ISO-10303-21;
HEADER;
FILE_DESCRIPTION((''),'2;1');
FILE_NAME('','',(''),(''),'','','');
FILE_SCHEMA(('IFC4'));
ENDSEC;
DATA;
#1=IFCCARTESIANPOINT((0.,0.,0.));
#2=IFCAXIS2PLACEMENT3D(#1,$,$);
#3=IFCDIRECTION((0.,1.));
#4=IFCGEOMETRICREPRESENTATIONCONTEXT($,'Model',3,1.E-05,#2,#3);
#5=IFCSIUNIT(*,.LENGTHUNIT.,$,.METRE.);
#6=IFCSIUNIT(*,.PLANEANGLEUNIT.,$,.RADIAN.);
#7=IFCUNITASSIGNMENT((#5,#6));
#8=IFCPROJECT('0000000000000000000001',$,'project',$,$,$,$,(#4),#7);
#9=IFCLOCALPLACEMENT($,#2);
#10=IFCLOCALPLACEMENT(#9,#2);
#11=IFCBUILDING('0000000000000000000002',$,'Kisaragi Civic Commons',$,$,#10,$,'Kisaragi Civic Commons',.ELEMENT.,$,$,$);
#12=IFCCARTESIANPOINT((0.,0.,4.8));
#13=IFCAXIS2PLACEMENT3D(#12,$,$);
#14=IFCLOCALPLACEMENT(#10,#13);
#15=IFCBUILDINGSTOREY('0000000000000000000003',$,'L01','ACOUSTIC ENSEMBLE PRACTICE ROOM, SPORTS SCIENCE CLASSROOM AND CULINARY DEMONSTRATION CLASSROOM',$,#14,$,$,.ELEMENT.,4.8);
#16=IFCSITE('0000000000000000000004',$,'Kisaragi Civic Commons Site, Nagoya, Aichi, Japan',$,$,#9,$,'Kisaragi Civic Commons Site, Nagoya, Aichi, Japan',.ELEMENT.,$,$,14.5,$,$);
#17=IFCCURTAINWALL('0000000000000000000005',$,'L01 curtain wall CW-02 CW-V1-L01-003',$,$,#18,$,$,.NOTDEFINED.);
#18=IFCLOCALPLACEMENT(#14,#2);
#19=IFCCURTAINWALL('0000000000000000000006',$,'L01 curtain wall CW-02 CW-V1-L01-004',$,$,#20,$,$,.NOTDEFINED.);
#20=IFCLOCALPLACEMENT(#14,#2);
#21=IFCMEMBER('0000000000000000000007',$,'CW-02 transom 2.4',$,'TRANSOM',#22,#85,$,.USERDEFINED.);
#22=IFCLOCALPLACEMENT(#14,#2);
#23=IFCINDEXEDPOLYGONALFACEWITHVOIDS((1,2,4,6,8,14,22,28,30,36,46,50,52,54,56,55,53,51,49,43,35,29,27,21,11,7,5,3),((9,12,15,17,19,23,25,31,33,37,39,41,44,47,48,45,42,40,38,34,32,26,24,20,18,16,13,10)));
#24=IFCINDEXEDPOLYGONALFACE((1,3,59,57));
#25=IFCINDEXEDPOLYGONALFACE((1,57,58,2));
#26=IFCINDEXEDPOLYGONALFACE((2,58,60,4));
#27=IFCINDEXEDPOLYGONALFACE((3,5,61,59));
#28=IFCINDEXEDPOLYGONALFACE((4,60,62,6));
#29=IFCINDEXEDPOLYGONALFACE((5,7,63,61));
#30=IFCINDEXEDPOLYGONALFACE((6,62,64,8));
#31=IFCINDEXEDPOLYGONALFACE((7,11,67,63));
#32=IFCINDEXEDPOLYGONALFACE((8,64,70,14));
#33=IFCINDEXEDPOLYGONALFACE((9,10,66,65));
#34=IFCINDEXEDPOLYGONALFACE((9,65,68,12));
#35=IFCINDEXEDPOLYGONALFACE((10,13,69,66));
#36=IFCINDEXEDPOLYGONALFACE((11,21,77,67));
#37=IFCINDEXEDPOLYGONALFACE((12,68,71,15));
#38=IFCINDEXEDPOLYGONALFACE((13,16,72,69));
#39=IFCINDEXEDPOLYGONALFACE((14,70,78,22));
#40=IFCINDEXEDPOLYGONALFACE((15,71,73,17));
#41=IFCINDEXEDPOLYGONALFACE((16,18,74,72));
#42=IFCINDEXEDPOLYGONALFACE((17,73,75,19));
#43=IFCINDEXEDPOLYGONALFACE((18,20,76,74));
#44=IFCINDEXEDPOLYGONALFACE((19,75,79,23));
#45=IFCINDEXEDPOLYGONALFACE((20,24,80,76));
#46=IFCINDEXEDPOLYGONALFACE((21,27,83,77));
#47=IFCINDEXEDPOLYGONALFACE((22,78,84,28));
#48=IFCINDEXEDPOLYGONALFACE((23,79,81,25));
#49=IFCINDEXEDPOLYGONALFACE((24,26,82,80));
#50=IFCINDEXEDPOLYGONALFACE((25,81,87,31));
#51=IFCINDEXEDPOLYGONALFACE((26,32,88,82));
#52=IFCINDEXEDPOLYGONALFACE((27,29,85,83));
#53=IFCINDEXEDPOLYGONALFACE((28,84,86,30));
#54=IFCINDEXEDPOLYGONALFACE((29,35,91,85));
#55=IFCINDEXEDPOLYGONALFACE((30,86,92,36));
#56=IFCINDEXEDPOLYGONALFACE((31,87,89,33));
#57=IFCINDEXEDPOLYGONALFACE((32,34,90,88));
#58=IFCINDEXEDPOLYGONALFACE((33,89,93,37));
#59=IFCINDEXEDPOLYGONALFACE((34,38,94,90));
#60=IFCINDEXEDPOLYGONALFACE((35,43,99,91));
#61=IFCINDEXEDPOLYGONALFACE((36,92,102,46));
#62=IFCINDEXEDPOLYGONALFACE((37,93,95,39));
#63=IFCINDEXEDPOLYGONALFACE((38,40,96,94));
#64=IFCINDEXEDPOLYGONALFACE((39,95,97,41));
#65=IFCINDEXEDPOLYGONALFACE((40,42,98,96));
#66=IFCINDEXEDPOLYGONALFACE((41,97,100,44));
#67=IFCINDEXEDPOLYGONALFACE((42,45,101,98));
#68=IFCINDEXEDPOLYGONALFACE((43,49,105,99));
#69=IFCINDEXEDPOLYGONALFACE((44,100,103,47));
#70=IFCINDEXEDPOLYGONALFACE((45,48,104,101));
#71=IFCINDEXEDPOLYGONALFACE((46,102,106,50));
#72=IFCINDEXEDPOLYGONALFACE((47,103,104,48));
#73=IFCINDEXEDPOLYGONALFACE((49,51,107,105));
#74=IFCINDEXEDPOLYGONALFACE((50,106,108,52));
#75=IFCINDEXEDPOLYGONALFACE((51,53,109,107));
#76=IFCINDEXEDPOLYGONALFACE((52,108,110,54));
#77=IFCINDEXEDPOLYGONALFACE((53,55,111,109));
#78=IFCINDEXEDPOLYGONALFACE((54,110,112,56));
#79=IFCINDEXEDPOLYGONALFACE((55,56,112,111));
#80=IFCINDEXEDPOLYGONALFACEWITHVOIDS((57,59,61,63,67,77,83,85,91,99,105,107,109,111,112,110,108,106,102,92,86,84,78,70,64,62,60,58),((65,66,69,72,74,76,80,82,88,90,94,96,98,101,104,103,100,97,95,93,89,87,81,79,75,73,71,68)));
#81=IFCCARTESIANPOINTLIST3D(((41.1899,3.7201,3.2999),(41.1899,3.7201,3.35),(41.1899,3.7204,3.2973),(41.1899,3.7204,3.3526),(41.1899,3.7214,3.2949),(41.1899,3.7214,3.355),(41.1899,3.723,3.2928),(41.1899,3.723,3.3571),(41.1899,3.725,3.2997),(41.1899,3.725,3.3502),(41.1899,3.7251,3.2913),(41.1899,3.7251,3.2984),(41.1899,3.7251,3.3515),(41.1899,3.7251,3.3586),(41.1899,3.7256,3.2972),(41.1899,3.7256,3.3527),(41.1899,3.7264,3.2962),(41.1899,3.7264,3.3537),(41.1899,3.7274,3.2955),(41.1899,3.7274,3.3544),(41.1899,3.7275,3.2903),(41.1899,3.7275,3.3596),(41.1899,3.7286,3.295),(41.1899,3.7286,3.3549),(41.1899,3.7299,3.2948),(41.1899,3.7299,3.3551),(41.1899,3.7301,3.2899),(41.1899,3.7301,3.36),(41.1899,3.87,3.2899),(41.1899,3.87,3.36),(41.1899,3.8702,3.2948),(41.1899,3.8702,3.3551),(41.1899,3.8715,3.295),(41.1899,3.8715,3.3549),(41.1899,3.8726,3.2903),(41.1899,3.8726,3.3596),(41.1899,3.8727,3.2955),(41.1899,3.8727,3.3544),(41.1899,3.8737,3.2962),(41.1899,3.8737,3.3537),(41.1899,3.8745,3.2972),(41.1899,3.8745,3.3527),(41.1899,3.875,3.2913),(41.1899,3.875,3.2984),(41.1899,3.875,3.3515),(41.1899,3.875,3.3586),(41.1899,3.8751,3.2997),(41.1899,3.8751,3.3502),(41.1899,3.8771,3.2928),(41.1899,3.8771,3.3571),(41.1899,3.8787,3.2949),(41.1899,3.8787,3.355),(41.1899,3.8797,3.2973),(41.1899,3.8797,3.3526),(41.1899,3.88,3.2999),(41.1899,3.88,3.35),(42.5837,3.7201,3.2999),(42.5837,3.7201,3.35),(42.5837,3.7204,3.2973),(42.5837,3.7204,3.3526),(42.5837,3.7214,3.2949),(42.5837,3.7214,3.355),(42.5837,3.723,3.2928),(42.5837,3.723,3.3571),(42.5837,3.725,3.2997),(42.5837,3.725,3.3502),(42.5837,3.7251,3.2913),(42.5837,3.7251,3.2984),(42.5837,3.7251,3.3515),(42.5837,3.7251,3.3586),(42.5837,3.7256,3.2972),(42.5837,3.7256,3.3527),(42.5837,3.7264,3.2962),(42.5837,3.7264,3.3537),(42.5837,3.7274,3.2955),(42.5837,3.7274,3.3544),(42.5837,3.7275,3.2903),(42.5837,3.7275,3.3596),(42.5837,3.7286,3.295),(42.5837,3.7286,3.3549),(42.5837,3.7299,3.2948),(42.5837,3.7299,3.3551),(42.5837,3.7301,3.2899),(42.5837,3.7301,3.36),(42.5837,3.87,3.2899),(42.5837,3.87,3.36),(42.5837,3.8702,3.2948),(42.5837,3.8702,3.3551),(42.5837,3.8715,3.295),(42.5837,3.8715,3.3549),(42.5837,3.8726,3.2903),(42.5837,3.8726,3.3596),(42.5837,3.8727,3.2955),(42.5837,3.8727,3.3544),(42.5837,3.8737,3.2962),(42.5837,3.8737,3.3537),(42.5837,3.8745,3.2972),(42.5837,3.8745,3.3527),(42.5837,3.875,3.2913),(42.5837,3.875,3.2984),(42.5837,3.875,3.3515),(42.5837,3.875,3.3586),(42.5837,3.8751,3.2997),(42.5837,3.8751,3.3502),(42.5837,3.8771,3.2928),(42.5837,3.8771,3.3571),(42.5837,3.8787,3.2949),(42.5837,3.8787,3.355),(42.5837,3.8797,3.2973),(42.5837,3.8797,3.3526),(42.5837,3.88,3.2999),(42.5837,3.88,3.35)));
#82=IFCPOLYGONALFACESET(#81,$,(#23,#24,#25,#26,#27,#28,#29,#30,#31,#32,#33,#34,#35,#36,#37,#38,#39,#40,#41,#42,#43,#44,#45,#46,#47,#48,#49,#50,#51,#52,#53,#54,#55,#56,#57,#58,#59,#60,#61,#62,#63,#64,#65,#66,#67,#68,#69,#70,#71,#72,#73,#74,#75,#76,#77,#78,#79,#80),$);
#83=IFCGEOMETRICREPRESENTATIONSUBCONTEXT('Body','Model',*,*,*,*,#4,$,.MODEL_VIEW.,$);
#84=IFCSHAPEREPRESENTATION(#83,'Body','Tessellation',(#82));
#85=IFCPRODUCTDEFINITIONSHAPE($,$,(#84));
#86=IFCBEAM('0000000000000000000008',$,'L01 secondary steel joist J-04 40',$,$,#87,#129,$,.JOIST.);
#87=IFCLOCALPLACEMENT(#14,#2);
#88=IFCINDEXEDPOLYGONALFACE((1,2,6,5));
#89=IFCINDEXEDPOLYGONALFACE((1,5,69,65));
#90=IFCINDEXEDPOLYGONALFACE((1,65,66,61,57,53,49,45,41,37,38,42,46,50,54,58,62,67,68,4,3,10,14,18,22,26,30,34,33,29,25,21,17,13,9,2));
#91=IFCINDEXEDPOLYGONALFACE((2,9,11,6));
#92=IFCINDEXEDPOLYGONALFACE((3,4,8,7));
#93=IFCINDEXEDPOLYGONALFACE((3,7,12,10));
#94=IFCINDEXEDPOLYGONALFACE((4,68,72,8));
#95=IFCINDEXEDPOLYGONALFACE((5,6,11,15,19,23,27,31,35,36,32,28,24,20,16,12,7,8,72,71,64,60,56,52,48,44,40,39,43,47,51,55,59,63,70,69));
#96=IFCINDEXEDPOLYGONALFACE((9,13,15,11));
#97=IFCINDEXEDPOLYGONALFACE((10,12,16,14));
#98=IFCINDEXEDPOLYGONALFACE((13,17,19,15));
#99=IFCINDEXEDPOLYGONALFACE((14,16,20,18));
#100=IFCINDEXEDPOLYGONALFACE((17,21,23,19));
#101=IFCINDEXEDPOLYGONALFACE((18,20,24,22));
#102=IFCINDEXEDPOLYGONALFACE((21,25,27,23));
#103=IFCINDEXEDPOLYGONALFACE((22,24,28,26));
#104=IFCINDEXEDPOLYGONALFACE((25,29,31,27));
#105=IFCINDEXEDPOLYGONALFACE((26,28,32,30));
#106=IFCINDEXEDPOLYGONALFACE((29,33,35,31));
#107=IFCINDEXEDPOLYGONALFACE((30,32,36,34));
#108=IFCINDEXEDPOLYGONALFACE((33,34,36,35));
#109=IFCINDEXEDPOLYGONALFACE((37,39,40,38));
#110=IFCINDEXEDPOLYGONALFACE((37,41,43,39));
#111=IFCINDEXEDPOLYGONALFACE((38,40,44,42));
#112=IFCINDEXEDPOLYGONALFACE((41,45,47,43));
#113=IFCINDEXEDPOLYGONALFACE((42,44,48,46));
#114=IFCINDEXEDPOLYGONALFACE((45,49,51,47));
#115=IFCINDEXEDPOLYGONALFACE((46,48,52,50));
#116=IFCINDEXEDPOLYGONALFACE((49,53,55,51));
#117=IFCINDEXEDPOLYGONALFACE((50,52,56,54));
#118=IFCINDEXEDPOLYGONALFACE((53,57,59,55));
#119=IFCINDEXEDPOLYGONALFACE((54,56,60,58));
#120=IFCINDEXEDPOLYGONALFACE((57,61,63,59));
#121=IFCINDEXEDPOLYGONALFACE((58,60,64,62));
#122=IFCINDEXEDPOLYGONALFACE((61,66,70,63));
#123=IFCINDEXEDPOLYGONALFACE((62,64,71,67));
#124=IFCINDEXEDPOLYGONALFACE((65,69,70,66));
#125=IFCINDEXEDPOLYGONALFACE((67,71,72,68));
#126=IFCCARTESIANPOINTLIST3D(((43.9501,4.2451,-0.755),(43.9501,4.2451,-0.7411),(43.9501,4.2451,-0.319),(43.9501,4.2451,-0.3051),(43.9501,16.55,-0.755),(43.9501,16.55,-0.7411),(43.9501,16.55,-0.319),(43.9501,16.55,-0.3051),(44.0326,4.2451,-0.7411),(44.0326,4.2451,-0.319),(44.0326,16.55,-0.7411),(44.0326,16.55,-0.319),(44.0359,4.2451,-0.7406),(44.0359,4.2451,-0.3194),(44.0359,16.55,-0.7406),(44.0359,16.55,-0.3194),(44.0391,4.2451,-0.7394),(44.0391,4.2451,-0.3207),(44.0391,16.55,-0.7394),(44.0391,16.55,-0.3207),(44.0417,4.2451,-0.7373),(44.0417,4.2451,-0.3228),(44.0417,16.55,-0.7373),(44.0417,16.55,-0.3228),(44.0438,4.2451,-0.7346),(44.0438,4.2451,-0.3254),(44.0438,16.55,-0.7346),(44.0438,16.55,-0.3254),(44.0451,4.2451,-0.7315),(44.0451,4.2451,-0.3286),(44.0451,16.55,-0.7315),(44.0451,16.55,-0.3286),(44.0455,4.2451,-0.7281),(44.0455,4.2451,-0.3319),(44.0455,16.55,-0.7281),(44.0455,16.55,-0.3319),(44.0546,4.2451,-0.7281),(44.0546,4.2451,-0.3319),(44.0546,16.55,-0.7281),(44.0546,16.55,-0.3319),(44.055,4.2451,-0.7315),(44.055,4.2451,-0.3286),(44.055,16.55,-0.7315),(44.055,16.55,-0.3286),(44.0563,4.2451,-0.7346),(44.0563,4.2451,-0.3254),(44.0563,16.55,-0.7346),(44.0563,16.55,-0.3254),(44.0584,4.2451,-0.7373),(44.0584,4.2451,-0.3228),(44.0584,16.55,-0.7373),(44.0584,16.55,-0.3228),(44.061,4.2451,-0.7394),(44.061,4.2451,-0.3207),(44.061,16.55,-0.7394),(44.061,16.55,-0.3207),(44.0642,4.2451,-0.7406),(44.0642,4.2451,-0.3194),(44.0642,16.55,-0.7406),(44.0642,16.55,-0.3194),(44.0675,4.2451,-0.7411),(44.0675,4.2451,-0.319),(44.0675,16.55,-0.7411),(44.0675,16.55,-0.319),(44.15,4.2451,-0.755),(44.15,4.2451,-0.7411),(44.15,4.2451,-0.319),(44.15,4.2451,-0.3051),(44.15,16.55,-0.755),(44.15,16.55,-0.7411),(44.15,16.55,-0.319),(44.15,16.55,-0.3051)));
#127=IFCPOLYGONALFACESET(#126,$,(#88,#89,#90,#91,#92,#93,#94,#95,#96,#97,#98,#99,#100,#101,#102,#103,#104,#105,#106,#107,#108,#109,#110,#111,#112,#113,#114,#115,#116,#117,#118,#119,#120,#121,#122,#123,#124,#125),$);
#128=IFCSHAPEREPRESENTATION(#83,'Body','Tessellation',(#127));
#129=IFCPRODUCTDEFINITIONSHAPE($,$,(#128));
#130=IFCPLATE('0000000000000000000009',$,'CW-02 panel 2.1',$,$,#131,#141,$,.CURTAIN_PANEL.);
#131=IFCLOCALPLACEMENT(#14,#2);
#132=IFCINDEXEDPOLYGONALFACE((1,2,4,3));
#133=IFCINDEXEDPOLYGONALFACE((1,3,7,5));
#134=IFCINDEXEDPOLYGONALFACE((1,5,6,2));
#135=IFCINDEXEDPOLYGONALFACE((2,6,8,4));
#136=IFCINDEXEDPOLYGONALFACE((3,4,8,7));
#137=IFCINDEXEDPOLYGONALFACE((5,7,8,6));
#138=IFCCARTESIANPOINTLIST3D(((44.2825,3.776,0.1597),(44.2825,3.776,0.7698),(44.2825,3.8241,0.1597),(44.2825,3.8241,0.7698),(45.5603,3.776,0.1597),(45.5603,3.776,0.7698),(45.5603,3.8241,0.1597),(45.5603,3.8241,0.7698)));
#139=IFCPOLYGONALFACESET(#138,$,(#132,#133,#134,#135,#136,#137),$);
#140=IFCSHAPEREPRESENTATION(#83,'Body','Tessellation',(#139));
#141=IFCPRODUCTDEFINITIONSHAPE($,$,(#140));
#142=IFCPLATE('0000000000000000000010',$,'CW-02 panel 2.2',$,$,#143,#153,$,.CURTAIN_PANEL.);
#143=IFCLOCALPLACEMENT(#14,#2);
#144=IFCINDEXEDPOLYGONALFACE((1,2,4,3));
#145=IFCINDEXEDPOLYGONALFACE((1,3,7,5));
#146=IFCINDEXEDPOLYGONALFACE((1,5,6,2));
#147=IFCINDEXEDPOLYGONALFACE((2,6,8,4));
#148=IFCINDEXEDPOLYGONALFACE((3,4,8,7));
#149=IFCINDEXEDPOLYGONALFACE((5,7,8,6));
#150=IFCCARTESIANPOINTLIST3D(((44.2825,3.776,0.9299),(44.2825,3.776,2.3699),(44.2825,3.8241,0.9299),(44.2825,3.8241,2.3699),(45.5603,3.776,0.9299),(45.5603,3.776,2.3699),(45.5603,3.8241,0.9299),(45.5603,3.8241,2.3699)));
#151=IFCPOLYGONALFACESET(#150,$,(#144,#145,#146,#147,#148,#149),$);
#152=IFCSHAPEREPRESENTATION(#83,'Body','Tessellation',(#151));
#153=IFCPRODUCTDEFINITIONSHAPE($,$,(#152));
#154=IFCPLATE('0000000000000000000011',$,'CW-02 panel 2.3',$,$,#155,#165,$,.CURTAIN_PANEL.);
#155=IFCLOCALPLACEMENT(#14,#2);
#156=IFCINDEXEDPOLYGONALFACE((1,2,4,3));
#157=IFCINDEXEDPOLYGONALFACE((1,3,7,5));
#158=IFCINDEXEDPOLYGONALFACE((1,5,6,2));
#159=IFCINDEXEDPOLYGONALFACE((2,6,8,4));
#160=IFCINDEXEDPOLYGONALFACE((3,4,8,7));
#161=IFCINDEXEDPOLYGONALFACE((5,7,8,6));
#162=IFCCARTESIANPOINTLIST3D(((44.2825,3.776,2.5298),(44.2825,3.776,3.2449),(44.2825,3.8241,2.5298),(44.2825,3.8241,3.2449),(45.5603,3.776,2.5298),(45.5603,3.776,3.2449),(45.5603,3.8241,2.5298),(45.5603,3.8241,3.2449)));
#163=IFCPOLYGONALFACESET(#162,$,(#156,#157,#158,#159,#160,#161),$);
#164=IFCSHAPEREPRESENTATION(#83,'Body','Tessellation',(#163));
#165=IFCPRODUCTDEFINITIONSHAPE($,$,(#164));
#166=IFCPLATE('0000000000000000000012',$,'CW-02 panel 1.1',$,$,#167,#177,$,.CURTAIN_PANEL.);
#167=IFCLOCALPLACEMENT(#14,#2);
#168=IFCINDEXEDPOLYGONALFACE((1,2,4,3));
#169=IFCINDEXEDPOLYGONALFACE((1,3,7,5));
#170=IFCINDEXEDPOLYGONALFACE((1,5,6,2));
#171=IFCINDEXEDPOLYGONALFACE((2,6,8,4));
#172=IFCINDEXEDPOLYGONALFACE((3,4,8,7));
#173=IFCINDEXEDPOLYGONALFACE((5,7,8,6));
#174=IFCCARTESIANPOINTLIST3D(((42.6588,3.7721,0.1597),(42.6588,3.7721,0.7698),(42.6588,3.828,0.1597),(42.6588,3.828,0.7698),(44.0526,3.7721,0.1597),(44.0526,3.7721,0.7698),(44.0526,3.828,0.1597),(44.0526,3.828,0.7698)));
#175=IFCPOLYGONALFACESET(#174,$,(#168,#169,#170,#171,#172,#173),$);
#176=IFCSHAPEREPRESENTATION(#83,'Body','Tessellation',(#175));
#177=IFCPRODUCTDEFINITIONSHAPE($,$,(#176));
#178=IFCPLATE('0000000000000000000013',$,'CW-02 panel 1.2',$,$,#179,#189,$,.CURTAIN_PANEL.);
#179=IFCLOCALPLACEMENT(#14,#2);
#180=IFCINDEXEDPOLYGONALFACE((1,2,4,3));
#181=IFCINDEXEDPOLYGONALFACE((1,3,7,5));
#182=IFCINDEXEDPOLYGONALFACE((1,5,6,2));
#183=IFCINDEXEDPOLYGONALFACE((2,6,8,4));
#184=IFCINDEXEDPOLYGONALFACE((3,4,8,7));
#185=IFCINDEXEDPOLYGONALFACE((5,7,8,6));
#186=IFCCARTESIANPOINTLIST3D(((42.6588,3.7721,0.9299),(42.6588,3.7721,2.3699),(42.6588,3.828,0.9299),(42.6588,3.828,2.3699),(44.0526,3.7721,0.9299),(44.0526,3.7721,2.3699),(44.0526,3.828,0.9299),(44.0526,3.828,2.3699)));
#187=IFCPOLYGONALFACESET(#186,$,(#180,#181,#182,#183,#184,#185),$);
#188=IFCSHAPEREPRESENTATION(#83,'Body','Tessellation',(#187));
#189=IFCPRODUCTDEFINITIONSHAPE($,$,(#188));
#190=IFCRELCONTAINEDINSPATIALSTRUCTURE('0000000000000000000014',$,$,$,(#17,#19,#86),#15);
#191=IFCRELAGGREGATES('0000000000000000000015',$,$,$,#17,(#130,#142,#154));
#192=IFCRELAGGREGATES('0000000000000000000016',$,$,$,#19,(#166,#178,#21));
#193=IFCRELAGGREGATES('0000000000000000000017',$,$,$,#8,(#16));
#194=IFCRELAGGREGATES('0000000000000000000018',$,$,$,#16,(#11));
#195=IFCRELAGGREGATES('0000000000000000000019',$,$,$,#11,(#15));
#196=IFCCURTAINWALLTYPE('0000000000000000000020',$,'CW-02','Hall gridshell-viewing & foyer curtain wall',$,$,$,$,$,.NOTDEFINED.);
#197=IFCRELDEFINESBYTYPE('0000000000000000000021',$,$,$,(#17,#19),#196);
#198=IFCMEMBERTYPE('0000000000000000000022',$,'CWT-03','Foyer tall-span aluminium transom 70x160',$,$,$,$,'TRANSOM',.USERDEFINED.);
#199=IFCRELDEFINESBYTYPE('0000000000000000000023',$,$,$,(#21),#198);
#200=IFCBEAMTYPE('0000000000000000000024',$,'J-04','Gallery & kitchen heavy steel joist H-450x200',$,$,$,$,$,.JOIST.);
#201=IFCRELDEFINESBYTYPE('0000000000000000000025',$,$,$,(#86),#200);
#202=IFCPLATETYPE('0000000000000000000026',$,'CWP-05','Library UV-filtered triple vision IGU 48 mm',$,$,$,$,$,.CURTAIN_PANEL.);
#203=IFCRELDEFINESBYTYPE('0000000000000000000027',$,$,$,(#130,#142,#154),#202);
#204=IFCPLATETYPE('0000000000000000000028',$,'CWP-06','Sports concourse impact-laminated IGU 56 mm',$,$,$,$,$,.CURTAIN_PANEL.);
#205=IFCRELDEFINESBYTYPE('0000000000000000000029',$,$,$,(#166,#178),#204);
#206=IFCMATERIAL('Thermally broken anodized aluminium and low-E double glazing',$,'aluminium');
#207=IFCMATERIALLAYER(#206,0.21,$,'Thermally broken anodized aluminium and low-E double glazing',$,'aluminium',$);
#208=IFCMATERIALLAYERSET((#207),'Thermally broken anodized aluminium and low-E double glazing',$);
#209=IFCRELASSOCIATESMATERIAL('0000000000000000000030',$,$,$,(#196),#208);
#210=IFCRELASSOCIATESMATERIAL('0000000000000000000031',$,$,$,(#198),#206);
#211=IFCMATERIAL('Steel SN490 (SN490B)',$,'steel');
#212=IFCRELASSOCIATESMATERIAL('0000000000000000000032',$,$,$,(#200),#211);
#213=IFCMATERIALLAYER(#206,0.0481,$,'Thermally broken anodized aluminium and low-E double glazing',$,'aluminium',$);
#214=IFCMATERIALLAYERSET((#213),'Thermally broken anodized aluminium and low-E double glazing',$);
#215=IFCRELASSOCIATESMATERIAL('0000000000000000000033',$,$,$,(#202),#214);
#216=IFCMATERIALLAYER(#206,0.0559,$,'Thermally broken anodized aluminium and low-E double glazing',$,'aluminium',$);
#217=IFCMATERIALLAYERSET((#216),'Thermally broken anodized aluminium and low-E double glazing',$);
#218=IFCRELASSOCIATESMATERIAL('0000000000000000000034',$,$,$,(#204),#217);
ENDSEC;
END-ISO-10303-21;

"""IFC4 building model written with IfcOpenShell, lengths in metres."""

from ifc_helpers import new_model, si_unit, direction, frame, origin, origin_2d, place, context, subcontext, project, spatial, rectangle, hollow_rectangle, i_section, extrude, material, layer, layer_set, material_profile, profile_set, type_object, element, aggregate, save


model = new_model("IFC4")

# Units and contexts
model_context = context("Model", 3, precision=1e-05, world=origin(), true_north=direction((0.0, 1.0)))
body_context = subcontext(model_context, "Body", "Model", "MODEL_VIEW")
ifc_project = project(units=[si_unit("LENGTHUNIT", "METRE"), si_unit("PLANEANGLEUNIT", "RADIAN")], contexts=[model_context])

# Site, building, storey
site_placement = place(None, origin())
site = spatial("IfcSite", under=ifc_project, at=site_placement, Name="Kisaragi Civic Commons Site, Nagoya, Aichi, Japan", LongName="Kisaragi Civic Commons Site, Nagoya, Aichi, Japan", CompositionType="ELEMENT", RefElevation=14.5)
building_placement = place(site_placement, origin())
building = spatial("IfcBuilding", under=site, at=building_placement, Name="Kisaragi Civic Commons", LongName="Kisaragi Civic Commons", CompositionType="ELEMENT")
storey_placement = place(building_placement, frame((0.0, 0.0, 4.8)))
storey = spatial("IfcBuildingStorey", under=building, at=storey_placement, Name="L01", Description="ACOUSTIC ENSEMBLE PRACTICE ROOM, SPORTS SCIENCE CLASSROOM AND CULINARY DEMONSTRATION CLASSROOM", CompositionType="ELEMENT", Elevation=4.8)

# Curtain wall
ifc_material_1 = material(Name="Thermally broken anodized aluminium and low-E double glazing", Category="aluminium")
ifc_layer_1 = layer(ifc_material_1, 0.21, Name="Thermally broken anodized aluminium and low-E double glazing", Category="aluminium")
ifc_layer_set_1 = layer_set([ifc_layer_1], Name="Thermally broken anodized aluminium and low-E double glazing")
curtain_wall_type = type_object("IfcCurtainWallType", Name="CW-02", Description="Hall gridshell-viewing & foyer curtain wall", PredefinedType="NOTDEFINED", material=ifc_layer_set_1)
curtain_wall_1_placement = place(storey_placement, origin())
curtain_wall_1 = element("IfcCurtainWall", 1, at=curtain_wall_1_placement, inside=storey, type_object=curtain_wall_type, Name="L01 curtain wall CW-02 CW-V1-L01-003", PredefinedType="NOTDEFINED")

# Curtain wall, member
curtain_wall_2_placement = place(storey_placement, origin())
curtain_wall_2 = element("IfcCurtainWall", 2, at=curtain_wall_2_placement, inside=storey, type_object=curtain_wall_type, Name="L01 curtain wall CW-02 CW-V1-L01-004", PredefinedType="NOTDEFINED")
ifc_material_profile_1 = material_profile(ifc_material_1, hollow_rectangle(XDim=0.1599, YDim=0.0701, WallThickness=0.0049, InnerFilletRadius=0.0049, OuterFilletRadius=0.01, at=origin_2d()), Name="CWT-70x160x5", Category="aluminium")
ifc_profile_set_1 = profile_set([ifc_material_profile_1], Name="Thermally broken anodized aluminium and low-E double glazing")
member_type_1 = type_object("IfcMemberType", Name="CWT-03", Description="Foyer tall-span aluminium transom 70x160", ElementType="TRANSOM", PredefinedType="USERDEFINED", material=ifc_profile_set_1)
member_1_placement = place(storey_placement, frame((42.5837, 3.8, 3.325), z_axis=(-1.0, 0.0, 0.0), x_axis=(0.0, -1.0, 0.0)))
member_1 = element("IfcMember", 3, at=member_1_placement, type_object=member_type_1, Name="CW-02 transom 2.4", ObjectType="TRANSOM", PredefinedType="USERDEFINED", context=body_context, shape_type="SweptSolid", body=[
    extrude(hollow_rectangle(XDim=0.1599, YDim=0.0701, WallThickness=0.0049, InnerFilletRadius=0.0049, OuterFilletRadius=0.01, at=origin_2d()), origin(), (0.0, 0.0, 1.0), 1.3938),
])

# Beam
ifc_material_2 = material(Name="Steel SN490 (SN490B)", Category="steel")
ifc_material_profile_2 = material_profile(ifc_material_2, i_section(OverallWidth=0.2, OverallDepth=0.45, WebThickness=0.009, FlangeThickness=0.0139, FilletRadius=0.0129, at=origin_2d()), Name="H-450x200x9x14", Category="steel")
ifc_profile_set_2 = profile_set([ifc_material_profile_2], Name="Steel SN490 (SN490B)")
beam_type = type_object("IfcBeamType", Name="J-04", Description="Gallery & kitchen heavy steel joist H-450x200", PredefinedType="JOIST", material=ifc_profile_set_2)
beam_placement = place(storey_placement, frame((44.05, 4.2451, -0.53), z_axis=(0.0, 1.0, 0.0), x_axis=(-1.0, 0.0, 0.0)))
element("IfcBeam", 4, at=beam_placement, inside=storey, type_object=beam_type, Name="L01 secondary steel joist J-04 40", PredefinedType="JOIST", context=body_context, shape_type="SweptSolid", body=[
    extrude(i_section(OverallWidth=0.2, OverallDepth=0.45, WebThickness=0.009, FlangeThickness=0.0139, FilletRadius=0.0129, at=origin_2d()), origin(), (0.0, 0.0, 1.0), 12.3049),
])

# Plates
ifc_layer_2 = layer(ifc_material_1, 0.0481, Name="Thermally broken anodized aluminium and low-E double glazing", Category="aluminium")
ifc_layer_set_2 = layer_set([ifc_layer_2], Name="Thermally broken anodized aluminium and low-E double glazing")
plate_type_1 = type_object("IfcPlateType", Name="CWP-05", Description="Library UV-filtered triple vision IGU 48 mm", PredefinedType="CURTAIN_PANEL", material=ifc_layer_set_2)
plate_1_placement = place(storey_placement, frame((44.9214, 3.8, 0.1597), z_axis=(0.0, 0.0, 1.0), x_axis=(-1.0, 0.0, 0.0)))
plate_1 = element("IfcPlate", 5, at=plate_1_placement, type_object=plate_type_1, Name="CW-02 panel 2.1", PredefinedType="CURTAIN_PANEL", context=body_context, shape_type="SweptSolid", body=[
    extrude(rectangle(XDim=1.2778, YDim=0.0481, at=origin_2d()), origin(), (0.0, 0.0, 1.0), 0.6101),
])
plate_2_placement = place(storey_placement, frame((44.9214, 3.8, 0.9299), z_axis=(0.0, 0.0, 1.0), x_axis=(-1.0, 0.0, 0.0)))
plate_2 = element("IfcPlate", 6, at=plate_2_placement, type_object=plate_type_1, Name="CW-02 panel 2.2", PredefinedType="CURTAIN_PANEL", context=body_context, shape_type="SweptSolid", body=[
    extrude(rectangle(XDim=1.2778, YDim=0.0481, at=origin_2d()), origin(), (0.0, 0.0, 1.0), 1.4399),
])
plate_3_placement = place(storey_placement, frame((44.9214, 3.8, 2.5298), z_axis=(0.0, 0.0, 1.0), x_axis=(-1.0, 0.0, 0.0)))
plate_3 = element("IfcPlate", 7, at=plate_3_placement, type_object=plate_type_1, Name="CW-02 panel 2.3", PredefinedType="CURTAIN_PANEL", context=body_context, shape_type="SweptSolid", body=[
    extrude(rectangle(XDim=1.2778, YDim=0.0481, at=origin_2d()), origin(), (0.0, 0.0, 1.0), 0.7151),
])
aggregate(curtain_wall_1, [plate_1, plate_2, plate_3])
ifc_layer_3 = layer(ifc_material_1, 0.0559, Name="Thermally broken anodized aluminium and low-E double glazing", Category="aluminium")
ifc_layer_set_3 = layer_set([ifc_layer_3], Name="Thermally broken anodized aluminium and low-E double glazing")
plate_type_2 = type_object("IfcPlateType", Name="CWP-06", Description="Sports concourse impact-laminated IGU 56 mm", PredefinedType="CURTAIN_PANEL", material=ifc_layer_set_3)
plate_4_placement = place(storey_placement, frame((43.3557, 3.8, 0.1597), z_axis=(0.0, 0.0, 1.0), x_axis=(-1.0, 0.0, 0.0)))
plate_4 = element("IfcPlate", 8, at=plate_4_placement, type_object=plate_type_2, Name="CW-02 panel 1.1", PredefinedType="CURTAIN_PANEL", context=body_context, shape_type="SweptSolid", body=[
    extrude(rectangle(XDim=1.3938, YDim=0.0559, at=origin_2d()), origin(), (0.0, 0.0, 1.0), 0.6101),
])
plate_5_placement = place(storey_placement, frame((43.3557, 3.8, 0.9299), z_axis=(0.0, 0.0, 1.0), x_axis=(-1.0, 0.0, 0.0)))
plate_5 = element("IfcPlate", 9, at=plate_5_placement, type_object=plate_type_2, Name="CW-02 panel 1.2", PredefinedType="CURTAIN_PANEL", context=body_context, shape_type="SweptSolid", body=[
    extrude(rectangle(XDim=1.3938, YDim=0.0559, at=origin_2d()), origin(), (0.0, 0.0, 1.0), 1.4399),
])
aggregate(curtain_wall_2, [plate_4, plate_5, member_1])

save(model, "model.ifc")
